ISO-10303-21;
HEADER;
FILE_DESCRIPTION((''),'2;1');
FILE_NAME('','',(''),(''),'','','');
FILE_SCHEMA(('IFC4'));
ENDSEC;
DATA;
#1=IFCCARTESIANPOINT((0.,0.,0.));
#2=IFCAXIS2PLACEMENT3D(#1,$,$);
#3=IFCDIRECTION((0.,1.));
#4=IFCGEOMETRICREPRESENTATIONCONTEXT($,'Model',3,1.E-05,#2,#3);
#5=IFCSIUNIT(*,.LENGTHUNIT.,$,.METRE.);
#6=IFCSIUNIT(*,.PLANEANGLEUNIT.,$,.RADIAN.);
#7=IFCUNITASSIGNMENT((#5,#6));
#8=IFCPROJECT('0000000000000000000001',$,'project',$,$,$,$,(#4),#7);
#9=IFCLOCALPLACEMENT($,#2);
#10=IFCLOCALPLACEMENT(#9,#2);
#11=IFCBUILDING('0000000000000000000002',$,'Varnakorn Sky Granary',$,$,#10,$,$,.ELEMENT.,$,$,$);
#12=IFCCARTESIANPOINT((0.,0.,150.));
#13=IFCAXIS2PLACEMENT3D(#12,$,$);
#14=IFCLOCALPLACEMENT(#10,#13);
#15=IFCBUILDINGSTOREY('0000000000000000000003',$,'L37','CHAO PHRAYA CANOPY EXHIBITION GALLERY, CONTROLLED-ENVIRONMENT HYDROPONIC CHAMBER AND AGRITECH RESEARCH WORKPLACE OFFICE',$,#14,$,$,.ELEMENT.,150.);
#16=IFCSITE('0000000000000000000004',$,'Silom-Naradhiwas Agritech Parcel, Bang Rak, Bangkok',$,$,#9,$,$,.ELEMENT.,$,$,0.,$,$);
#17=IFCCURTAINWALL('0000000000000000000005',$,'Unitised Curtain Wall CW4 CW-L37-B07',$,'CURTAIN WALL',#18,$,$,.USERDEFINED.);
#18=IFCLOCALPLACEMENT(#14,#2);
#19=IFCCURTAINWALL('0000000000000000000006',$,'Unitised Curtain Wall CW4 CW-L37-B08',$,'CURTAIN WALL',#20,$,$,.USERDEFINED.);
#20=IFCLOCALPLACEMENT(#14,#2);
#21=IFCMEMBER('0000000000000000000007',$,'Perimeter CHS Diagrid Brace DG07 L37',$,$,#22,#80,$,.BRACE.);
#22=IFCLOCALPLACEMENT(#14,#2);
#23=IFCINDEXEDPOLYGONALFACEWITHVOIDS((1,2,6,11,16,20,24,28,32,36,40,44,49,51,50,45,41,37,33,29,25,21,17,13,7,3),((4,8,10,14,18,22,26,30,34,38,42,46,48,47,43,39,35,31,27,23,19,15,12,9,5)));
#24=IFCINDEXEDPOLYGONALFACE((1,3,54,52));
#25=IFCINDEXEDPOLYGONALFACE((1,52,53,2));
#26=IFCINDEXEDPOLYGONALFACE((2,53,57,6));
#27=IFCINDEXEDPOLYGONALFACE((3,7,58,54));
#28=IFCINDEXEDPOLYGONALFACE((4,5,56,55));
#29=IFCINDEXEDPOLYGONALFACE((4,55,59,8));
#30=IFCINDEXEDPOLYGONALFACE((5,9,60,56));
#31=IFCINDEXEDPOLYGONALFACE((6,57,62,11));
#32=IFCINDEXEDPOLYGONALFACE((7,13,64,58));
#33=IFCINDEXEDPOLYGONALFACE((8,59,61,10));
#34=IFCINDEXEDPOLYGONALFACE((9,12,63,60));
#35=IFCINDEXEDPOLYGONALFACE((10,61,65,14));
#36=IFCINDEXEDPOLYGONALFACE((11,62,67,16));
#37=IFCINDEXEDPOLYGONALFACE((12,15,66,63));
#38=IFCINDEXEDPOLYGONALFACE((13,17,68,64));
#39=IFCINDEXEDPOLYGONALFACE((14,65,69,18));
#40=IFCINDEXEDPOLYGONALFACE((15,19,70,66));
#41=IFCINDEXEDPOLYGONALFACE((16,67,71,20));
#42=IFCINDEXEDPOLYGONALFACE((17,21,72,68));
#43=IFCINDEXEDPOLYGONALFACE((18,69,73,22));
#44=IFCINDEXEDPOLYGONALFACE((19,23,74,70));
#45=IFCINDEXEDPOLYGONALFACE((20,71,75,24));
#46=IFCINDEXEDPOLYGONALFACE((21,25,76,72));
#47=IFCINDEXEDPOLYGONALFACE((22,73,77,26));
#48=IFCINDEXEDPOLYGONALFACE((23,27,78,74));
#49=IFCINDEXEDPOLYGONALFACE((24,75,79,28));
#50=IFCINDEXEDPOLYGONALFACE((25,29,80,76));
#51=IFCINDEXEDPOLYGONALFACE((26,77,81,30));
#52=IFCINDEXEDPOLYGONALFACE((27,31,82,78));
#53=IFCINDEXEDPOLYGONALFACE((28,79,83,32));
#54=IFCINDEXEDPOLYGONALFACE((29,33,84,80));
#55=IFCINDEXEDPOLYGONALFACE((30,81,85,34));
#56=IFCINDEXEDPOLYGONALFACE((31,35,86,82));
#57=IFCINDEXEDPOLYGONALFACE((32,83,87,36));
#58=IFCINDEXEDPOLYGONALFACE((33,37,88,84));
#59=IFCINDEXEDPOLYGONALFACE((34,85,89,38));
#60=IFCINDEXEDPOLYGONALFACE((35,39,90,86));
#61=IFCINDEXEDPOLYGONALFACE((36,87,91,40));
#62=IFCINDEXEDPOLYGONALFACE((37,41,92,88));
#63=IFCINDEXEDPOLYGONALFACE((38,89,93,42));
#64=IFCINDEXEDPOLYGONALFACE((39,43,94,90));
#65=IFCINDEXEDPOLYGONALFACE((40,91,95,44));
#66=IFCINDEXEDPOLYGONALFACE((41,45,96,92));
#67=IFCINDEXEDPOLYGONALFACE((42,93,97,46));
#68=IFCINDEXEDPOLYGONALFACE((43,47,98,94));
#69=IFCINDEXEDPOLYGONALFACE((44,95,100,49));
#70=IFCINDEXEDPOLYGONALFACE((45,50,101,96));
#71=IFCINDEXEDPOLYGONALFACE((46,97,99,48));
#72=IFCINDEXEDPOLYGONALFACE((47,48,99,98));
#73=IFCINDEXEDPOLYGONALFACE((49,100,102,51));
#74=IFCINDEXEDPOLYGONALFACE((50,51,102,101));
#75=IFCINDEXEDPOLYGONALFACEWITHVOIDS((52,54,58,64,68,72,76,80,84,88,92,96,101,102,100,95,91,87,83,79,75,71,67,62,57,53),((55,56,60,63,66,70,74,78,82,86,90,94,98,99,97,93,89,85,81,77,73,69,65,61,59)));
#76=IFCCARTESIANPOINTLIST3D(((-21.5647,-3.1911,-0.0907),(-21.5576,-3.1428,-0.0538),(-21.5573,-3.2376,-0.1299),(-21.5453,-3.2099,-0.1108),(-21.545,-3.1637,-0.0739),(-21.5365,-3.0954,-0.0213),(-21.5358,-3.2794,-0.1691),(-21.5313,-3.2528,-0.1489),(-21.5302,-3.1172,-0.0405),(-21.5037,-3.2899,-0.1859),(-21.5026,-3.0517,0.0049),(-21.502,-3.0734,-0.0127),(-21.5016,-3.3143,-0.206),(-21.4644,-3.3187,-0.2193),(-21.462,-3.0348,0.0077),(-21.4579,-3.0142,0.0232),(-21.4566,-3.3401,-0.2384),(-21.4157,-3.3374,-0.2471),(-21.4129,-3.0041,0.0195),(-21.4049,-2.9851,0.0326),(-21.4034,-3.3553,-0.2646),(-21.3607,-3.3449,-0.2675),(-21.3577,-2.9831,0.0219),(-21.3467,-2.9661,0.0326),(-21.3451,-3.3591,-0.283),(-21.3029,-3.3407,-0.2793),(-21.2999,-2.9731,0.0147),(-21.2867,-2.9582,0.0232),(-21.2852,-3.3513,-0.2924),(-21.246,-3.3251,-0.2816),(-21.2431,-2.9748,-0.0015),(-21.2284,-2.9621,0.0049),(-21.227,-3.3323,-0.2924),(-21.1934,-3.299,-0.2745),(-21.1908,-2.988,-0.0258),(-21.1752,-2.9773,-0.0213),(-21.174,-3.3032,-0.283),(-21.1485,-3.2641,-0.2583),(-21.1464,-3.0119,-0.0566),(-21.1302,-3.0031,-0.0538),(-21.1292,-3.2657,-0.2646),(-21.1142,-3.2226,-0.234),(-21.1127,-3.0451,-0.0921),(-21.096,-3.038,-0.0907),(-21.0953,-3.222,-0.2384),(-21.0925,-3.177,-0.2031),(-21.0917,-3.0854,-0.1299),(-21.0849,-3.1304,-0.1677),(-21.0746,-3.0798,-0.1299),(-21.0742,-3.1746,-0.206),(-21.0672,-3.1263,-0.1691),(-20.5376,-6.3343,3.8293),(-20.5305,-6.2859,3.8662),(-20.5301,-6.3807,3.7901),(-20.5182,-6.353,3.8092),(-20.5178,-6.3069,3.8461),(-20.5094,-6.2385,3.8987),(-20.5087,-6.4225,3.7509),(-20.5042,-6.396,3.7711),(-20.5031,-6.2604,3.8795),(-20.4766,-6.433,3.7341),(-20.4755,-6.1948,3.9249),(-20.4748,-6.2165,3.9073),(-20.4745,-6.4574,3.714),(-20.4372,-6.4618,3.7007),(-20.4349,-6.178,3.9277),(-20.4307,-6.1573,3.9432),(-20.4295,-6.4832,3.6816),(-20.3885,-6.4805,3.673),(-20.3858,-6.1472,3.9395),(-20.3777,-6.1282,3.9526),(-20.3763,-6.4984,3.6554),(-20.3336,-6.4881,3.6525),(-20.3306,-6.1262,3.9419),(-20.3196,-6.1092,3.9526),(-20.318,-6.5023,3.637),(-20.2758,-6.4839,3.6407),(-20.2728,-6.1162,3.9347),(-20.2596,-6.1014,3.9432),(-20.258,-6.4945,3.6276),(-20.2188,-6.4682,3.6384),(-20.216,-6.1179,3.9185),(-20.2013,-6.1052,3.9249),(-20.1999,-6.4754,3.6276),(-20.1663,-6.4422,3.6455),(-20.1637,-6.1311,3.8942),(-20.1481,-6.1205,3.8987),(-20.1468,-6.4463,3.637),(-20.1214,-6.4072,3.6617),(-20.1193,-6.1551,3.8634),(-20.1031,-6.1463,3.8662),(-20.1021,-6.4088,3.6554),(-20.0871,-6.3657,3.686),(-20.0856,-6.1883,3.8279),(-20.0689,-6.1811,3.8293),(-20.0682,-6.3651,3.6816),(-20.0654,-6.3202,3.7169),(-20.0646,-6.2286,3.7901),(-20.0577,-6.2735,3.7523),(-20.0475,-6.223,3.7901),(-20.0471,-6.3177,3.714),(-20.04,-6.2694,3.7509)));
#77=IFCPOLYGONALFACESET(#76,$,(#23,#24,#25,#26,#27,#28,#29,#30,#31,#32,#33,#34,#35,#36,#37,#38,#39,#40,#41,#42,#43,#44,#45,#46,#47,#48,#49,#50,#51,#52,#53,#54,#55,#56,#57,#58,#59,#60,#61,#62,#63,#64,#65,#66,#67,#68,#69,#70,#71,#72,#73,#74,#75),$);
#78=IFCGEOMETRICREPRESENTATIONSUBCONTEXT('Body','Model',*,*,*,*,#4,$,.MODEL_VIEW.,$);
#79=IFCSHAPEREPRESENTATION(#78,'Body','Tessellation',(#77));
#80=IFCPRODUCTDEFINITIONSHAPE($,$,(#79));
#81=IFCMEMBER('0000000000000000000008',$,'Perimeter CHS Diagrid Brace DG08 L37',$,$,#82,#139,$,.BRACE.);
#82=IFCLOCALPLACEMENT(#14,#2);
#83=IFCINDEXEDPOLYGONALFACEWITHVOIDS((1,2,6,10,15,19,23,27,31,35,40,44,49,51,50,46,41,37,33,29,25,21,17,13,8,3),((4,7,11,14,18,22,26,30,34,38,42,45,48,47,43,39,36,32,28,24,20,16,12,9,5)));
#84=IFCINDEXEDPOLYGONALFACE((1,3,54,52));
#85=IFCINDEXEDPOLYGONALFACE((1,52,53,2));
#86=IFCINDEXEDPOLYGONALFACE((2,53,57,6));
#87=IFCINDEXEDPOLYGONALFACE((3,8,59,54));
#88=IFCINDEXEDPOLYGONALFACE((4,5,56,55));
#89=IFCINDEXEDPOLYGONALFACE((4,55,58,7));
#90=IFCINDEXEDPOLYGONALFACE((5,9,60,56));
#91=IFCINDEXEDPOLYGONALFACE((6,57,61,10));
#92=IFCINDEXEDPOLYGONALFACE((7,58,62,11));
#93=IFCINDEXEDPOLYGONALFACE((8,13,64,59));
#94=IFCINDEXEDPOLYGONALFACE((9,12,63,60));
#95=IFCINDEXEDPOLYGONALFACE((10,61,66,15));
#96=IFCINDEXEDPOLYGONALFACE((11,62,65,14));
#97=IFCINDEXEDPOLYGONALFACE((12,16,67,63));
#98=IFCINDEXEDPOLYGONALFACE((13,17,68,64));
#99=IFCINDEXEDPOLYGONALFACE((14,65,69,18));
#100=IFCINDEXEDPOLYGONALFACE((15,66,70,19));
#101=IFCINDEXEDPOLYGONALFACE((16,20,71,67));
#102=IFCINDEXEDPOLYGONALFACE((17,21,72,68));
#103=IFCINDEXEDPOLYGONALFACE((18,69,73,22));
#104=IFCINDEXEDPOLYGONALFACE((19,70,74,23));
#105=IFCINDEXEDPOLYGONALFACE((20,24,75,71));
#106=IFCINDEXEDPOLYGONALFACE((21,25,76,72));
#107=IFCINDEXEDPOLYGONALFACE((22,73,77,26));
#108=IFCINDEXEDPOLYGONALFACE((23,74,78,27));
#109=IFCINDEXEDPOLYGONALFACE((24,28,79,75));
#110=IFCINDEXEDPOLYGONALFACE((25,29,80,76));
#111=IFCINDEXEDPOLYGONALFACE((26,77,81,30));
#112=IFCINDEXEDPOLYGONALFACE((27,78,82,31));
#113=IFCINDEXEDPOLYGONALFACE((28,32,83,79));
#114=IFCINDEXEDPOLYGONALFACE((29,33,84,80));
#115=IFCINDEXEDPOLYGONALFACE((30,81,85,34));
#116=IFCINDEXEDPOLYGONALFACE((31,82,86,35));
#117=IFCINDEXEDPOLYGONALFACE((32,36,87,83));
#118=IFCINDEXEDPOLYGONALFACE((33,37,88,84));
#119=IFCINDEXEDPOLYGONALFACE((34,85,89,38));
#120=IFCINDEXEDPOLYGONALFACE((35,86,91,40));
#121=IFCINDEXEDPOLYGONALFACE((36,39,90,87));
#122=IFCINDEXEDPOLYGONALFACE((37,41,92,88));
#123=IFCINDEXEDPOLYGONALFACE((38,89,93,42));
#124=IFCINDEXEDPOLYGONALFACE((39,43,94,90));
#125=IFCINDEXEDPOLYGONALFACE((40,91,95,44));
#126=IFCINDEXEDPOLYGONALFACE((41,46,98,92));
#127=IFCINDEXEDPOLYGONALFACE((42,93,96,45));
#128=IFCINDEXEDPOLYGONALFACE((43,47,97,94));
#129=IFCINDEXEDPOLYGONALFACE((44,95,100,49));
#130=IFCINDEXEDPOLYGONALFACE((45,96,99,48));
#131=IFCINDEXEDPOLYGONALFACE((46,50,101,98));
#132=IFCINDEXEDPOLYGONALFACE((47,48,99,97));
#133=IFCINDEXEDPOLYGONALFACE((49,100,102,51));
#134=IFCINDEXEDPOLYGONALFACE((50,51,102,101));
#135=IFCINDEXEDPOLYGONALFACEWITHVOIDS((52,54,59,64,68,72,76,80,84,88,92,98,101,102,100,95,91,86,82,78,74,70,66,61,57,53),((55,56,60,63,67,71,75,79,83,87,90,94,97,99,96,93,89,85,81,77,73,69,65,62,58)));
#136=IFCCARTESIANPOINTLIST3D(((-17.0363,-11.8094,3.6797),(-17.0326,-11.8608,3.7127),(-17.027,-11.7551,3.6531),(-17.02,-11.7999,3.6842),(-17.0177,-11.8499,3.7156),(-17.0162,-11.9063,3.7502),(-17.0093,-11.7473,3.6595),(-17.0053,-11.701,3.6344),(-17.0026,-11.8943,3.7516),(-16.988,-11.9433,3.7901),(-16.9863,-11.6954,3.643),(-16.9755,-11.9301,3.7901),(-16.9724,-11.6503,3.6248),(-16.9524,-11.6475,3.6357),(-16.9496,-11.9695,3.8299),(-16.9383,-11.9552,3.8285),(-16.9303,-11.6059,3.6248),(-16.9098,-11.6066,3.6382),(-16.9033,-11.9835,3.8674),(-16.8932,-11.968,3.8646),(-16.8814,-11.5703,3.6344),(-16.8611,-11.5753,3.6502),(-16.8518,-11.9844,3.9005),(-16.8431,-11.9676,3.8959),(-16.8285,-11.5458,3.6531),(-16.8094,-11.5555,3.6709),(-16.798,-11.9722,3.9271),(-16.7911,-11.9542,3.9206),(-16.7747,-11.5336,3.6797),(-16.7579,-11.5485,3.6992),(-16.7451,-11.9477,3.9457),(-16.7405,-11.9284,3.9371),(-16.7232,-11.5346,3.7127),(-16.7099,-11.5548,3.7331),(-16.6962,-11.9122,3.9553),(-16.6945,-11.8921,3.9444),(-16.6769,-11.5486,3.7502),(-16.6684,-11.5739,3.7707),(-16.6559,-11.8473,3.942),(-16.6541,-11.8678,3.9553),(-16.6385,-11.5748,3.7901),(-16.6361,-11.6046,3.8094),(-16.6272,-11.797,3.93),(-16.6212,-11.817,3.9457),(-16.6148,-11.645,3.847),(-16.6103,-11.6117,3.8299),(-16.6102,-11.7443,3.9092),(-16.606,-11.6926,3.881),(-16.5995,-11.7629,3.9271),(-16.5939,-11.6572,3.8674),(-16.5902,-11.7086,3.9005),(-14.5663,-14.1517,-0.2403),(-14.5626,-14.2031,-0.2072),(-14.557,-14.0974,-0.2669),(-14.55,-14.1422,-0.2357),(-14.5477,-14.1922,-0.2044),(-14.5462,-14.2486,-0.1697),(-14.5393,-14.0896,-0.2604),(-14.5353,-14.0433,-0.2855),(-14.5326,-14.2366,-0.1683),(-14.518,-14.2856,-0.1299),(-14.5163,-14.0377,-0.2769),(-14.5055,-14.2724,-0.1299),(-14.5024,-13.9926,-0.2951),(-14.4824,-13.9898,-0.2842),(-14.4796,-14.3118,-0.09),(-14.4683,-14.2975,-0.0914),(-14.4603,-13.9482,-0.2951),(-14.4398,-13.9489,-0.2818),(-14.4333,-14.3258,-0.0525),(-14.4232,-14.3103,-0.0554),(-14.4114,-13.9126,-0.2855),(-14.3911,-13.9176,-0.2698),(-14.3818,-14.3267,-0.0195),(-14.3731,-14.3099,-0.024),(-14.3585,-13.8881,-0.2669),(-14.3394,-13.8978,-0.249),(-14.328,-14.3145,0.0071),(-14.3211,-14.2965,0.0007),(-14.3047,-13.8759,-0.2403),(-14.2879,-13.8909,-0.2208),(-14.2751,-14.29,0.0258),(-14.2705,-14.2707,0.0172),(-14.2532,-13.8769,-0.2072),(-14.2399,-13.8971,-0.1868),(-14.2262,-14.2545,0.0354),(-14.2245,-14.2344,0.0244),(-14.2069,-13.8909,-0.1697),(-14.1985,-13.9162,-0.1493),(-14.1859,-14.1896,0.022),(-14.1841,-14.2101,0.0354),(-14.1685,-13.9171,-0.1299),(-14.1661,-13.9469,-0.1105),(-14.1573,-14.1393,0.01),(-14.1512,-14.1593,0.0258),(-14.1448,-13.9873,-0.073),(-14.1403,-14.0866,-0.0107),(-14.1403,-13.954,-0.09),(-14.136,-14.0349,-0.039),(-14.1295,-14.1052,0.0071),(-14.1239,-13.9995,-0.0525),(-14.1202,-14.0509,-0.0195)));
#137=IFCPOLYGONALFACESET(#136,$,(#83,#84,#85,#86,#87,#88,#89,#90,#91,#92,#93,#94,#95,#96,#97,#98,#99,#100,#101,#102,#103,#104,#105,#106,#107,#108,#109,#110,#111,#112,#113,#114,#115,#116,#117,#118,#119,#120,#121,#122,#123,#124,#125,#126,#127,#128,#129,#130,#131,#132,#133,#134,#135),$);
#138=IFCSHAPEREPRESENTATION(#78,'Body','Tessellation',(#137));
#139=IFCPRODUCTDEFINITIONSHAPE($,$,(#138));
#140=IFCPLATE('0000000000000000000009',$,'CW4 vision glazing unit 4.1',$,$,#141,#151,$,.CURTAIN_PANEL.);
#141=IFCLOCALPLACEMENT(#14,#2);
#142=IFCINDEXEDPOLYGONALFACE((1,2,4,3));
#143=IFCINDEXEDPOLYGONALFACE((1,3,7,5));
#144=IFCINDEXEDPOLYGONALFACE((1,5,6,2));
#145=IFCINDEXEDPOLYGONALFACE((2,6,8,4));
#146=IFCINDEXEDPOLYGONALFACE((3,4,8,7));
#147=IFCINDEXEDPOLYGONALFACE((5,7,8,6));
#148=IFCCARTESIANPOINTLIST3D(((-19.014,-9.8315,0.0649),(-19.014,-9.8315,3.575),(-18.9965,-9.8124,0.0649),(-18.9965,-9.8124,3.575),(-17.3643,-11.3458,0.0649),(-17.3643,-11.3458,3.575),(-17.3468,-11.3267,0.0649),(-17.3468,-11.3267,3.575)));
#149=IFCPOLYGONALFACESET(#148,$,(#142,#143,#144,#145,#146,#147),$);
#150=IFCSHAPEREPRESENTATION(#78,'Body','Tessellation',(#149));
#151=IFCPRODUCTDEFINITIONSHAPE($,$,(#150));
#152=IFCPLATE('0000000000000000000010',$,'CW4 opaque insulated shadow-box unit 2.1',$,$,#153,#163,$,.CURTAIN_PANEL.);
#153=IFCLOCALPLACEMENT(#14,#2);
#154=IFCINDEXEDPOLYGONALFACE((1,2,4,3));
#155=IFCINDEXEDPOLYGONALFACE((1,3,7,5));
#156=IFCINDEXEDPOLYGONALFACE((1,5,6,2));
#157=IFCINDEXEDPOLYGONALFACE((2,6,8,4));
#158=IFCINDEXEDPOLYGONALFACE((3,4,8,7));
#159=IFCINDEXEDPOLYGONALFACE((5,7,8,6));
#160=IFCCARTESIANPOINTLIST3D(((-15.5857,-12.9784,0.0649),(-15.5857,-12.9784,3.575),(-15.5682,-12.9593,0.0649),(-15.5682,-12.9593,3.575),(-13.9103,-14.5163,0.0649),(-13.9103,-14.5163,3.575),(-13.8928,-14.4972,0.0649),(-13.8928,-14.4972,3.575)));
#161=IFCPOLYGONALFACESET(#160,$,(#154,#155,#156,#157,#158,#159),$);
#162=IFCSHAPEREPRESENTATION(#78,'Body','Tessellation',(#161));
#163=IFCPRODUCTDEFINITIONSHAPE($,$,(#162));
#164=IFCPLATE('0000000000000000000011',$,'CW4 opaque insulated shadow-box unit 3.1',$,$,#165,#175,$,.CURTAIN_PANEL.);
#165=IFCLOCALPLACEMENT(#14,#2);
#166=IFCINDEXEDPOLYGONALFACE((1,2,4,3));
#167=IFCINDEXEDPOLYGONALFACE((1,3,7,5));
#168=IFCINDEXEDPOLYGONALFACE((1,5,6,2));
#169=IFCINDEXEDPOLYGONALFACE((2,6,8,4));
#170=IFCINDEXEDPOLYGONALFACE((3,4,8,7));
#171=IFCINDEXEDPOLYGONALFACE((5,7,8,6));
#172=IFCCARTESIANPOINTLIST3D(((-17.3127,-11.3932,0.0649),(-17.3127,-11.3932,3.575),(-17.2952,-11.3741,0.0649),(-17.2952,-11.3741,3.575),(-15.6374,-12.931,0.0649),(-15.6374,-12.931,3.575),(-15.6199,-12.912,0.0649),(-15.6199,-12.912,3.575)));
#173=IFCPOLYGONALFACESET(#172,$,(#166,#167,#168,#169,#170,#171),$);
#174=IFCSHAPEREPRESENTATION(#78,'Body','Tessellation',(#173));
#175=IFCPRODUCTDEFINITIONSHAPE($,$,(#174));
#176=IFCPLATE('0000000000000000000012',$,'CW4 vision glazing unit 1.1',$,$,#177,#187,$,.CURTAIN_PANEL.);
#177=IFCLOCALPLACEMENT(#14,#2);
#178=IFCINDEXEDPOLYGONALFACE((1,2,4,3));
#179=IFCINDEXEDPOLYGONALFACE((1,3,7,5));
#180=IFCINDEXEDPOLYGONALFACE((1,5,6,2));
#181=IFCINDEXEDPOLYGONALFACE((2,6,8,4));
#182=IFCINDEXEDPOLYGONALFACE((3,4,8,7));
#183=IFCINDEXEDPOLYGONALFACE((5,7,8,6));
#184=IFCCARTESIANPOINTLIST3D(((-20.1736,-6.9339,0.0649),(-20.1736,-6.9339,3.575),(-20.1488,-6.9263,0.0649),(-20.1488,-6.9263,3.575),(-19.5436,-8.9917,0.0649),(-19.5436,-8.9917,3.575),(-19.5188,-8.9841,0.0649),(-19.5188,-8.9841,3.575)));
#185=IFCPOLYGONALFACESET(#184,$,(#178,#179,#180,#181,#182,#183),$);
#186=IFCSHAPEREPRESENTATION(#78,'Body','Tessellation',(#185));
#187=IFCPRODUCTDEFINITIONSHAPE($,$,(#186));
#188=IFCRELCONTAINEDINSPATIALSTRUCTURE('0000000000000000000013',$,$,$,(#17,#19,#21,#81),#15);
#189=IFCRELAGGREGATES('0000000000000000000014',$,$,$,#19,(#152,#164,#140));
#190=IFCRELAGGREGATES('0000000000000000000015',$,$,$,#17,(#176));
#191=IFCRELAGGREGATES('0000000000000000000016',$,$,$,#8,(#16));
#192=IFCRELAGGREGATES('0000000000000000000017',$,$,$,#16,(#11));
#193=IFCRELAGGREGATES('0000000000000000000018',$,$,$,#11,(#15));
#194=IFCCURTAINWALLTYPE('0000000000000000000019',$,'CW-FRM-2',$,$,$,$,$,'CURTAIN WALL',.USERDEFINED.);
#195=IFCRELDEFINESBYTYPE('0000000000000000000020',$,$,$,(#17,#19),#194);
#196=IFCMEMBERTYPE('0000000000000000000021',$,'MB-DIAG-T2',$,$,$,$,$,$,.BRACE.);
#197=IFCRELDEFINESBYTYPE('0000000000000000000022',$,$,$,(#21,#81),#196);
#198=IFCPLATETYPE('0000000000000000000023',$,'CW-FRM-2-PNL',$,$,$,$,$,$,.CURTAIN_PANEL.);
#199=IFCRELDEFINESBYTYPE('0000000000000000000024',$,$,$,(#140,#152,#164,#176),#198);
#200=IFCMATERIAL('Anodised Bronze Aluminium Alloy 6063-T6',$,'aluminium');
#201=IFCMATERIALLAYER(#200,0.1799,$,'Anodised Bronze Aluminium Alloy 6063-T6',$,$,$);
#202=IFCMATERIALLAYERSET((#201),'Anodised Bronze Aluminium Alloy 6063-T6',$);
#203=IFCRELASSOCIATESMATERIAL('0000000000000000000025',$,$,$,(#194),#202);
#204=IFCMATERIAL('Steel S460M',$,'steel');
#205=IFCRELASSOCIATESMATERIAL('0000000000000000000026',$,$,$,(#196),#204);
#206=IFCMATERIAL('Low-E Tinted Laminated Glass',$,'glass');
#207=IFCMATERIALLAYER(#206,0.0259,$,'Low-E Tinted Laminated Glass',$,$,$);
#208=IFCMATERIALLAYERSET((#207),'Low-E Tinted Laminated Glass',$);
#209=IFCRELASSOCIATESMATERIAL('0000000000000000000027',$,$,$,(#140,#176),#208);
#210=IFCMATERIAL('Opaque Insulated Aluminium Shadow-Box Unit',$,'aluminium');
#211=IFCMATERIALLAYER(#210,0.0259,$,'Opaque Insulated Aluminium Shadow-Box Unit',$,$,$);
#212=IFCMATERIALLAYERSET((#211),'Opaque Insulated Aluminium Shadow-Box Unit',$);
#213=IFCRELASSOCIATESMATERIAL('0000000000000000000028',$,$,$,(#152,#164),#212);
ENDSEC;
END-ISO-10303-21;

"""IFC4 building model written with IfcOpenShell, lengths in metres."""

from ifc_helpers import new_model, si_unit, direction, frame, origin, origin_2d, place, context, subcontext, project, spatial, rectangle, hollow_circle, extrude, source, transform, mapped, material, layer, layer_set, material_profile, profile_set, type_object, element, aggregate, save


model = new_model("IFC4")

# Units and contexts
model_context = context("Model", 3, precision=1e-05, world=origin(), true_north=direction((0.0, 1.0)))
body_context = subcontext(model_context, "Body", "Model", "MODEL_VIEW")
ifc_project = project(units=[si_unit("LENGTHUNIT", "METRE"), si_unit("PLANEANGLEUNIT", "RADIAN")], contexts=[model_context])

# Site, building, storey
site_placement = place(None, origin())
site = spatial("IfcSite", under=ifc_project, at=site_placement, Name="Silom-Naradhiwas Agritech Parcel, Bang Rak, Bangkok", CompositionType="ELEMENT", RefElevation=0.0)
building_placement = place(site_placement, origin())
building = spatial("IfcBuilding", under=site, at=building_placement, Name="Varnakorn Sky Granary", CompositionType="ELEMENT")
storey_placement = place(building_placement, frame((0.0, 0.0, 150.0)))
storey = spatial("IfcBuildingStorey", under=building, at=storey_placement, Name="L37", Description="CHAO PHRAYA CANOPY EXHIBITION GALLERY, CONTROLLED-ENVIRONMENT HYDROPONIC CHAMBER AND AGRITECH RESEARCH WORKPLACE OFFICE", CompositionType="ELEMENT", Elevation=150.0)

# Shared definitions
ifc_material_1 = material(Name="Steel S460M", Category="steel")

# Curtain walls
ifc_material_2 = material(Name="Anodised Bronze Aluminium Alloy 6063-T6", Category="aluminium")
ifc_layer_1 = layer(ifc_material_2, 0.1799, Name="Anodised Bronze Aluminium Alloy 6063-T6")
ifc_layer_set_1 = layer_set([ifc_layer_1], Name="Anodised Bronze Aluminium Alloy 6063-T6")
curtain_wall_type = type_object("IfcCurtainWallType", Name="CW-FRM-2", ElementType="CURTAIN WALL", PredefinedType="USERDEFINED", material=ifc_layer_set_1)
curtain_wall_1_placement = place(storey_placement, origin())
curtain_wall_1 = element("IfcCurtainWall", 1, at=curtain_wall_1_placement, inside=storey, type_object=curtain_wall_type, Name="Unitised Curtain Wall CW4 CW-L37-B07", ObjectType="CURTAIN WALL", PredefinedType="USERDEFINED")
curtain_wall_2_placement = place(storey_placement, origin())
curtain_wall_2 = element("IfcCurtainWall", 2, at=curtain_wall_2_placement, inside=storey, type_object=curtain_wall_type, Name="Unitised Curtain Wall CW4 CW-L37-B08", ObjectType="CURTAIN WALL", PredefinedType="USERDEFINED")

# Members
ifc_material_profile_1 = material_profile(ifc_material_1, hollow_circle(Radius=0.2539, WallThickness=0.0181, at=origin_2d()), Name="CHS 508x18")
ifc_profile_set_1 = profile_set([ifc_material_profile_1], Name="Steel S460M")
member_type_1 = type_object("IfcMemberType", Name="MB-DIAG-T2", PredefinedType="BRACE", material=ifc_profile_set_1)
member_1_placement = place(storey_placement, frame((-21.3159, -3.1587, -0.1299), z_axis=(0.20028, -0.612885, 0.764369), x_axis=(0.950535, 0.310618, 0.0)))
element("IfcMember", 3, at=member_1_placement, inside=storey, type_object=member_type_1, Name="Perimeter CHS Diagrid Brace DG07 L37", PredefinedType="BRACE", context=body_context, shape_type="SweptSolid", body=[
    extrude(hollow_circle(Radius=0.2539, WallThickness=0.0181, at=origin_2d()), origin(), (0.0, 0.0, 1.0), 5.1284),
])
member_2_placement = place(storey_placement, frame((-14.3433, -14.1013, -0.1299), z_axis=(-0.475762, 0.451167, 0.755049), x_axis=(-0.688103, -0.725613, 0.0)))
element("IfcMember", 4, at=member_2_placement, inside=storey, type_object=member_type_1, Name="Perimeter CHS Diagrid Brace DG08 L37", PredefinedType="BRACE", context=body_context, shape_type="SweptSolid", body=[
    extrude(hollow_circle(Radius=0.2539, WallThickness=0.0181, at=origin_2d()), origin(), (0.0, 0.0, 1.0), 5.1917),
])

# Plates
ifc_material_3 = material(Name="Low-E Tinted Laminated Glass", Category="glass")
ifc_layer_2 = layer(ifc_material_3, 0.0259, Name="Low-E Tinted Laminated Glass")
ifc_layer_set_2 = layer_set([ifc_layer_2], Name="Low-E Tinted Laminated Glass")
plate_type = type_object("IfcPlateType", Name="CW-FRM-2-PNL", PredefinedType="CURTAIN_PANEL")
shared_shape_1 = source(origin(), body_context, "Body", "SweptSolid", [
    extrude(rectangle(XDim=2.2393, YDim=0.0259, at=origin_2d()), origin(), (0.0, 0.0, 1.0), 3.51),
])
plate_1_placement = place(storey_placement, frame((-18.1804, -10.5791, 0.0649), z_axis=(0.0, 0.0, 1.0), x_axis=(-0.736694, 0.676226, 0.0)))
plate_1 = element("IfcPlate", 5, at=plate_1_placement, type_object=plate_type, material=ifc_layer_set_2, Name="CW4 vision glazing unit 4.1", PredefinedType="CURTAIN_PANEL", context=body_context, shape_type="MappedRepresentation", body=[
    mapped(shared_shape_1, transform((0.0, 0.0, 0.0), x_axis=(1.0, 0.0, 0.0), y_axis=(0.0, 1.0, 0.0), z_axis=(0.0, 0.0, 1.0), scale=1.0)),
])
ifc_material_4 = material(Name="Opaque Insulated Aluminium Shadow-Box Unit", Category="aluminium")
ifc_layer_3 = layer(ifc_material_4, 0.0259, Name="Opaque Insulated Aluminium Shadow-Box Unit")
ifc_layer_set_3 = layer_set([ifc_layer_3], Name="Opaque Insulated Aluminium Shadow-Box Unit")
shared_shape_2 = source(origin(), body_context, "Body", "SweptSolid", [
    extrude(rectangle(XDim=2.2742, YDim=0.0259, at=origin_2d()), origin(), (0.0, 0.0, 1.0), 3.51),
])
plate_2_placement = place(storey_placement, frame((-14.7393, -13.7378, 0.0649), z_axis=(0.0, 0.0, 1.0), x_axis=(-0.736694, 0.676226, 0.0)))
plate_2 = element("IfcPlate", 6, at=plate_2_placement, type_object=plate_type, material=ifc_layer_set_3, Name="CW4 opaque insulated shadow-box unit 2.1", PredefinedType="CURTAIN_PANEL", context=body_context, shape_type="MappedRepresentation", body=[
    mapped(shared_shape_2, transform((0.0, 0.0, 0.0), x_axis=(1.0, 0.0, 0.0), y_axis=(0.0, 1.0, 0.0), z_axis=(0.0, 0.0, 1.0), scale=1.0)),
])
plate_3_placement = place(storey_placement, frame((-16.4663, -12.1526, 0.0649), z_axis=(0.0, 0.0, 1.0), x_axis=(-0.736694, 0.676226, 0.0)))
plate_3 = element("IfcPlate", 7, at=plate_3_placement, type_object=plate_type, material=ifc_layer_set_3, Name="CW4 opaque insulated shadow-box unit 3.1", PredefinedType="CURTAIN_PANEL", context=body_context, shape_type="MappedRepresentation", body=[
    mapped(shared_shape_2, transform((0.0, 0.0, 0.0), x_axis=(1.0, 0.0, 0.0), y_axis=(0.0, 1.0, 0.0), z_axis=(0.0, 0.0, 1.0), scale=1.0)),
])
aggregate(curtain_wall_2, [plate_2, plate_3, plate_1])
shared_shape_3 = source(origin(), body_context, "Body", "SweptSolid", [
    extrude(rectangle(XDim=2.1521, YDim=0.0259, at=origin_2d()), origin(), (0.0, 0.0, 1.0), 3.51),
])
plate_4_placement = place(storey_placement, frame((-19.8462, -7.959, 0.0649), z_axis=(0.0, 0.0, 1.0), x_axis=(-0.292746, 0.95619, 0.0)))
plate_4 = element("IfcPlate", 8, at=plate_4_placement, type_object=plate_type, material=ifc_layer_set_2, Name="CW4 vision glazing unit 1.1", PredefinedType="CURTAIN_PANEL", context=body_context, shape_type="MappedRepresentation", body=[
    mapped(shared_shape_3, transform((0.0, 0.0, 0.0), x_axis=(1.0, 0.0, 0.0), y_axis=(0.0, 1.0, 0.0), z_axis=(0.0, 0.0, 1.0), scale=1.0)),
])
aggregate(curtain_wall_1, [plate_4])

save(model, "model.ifc")
